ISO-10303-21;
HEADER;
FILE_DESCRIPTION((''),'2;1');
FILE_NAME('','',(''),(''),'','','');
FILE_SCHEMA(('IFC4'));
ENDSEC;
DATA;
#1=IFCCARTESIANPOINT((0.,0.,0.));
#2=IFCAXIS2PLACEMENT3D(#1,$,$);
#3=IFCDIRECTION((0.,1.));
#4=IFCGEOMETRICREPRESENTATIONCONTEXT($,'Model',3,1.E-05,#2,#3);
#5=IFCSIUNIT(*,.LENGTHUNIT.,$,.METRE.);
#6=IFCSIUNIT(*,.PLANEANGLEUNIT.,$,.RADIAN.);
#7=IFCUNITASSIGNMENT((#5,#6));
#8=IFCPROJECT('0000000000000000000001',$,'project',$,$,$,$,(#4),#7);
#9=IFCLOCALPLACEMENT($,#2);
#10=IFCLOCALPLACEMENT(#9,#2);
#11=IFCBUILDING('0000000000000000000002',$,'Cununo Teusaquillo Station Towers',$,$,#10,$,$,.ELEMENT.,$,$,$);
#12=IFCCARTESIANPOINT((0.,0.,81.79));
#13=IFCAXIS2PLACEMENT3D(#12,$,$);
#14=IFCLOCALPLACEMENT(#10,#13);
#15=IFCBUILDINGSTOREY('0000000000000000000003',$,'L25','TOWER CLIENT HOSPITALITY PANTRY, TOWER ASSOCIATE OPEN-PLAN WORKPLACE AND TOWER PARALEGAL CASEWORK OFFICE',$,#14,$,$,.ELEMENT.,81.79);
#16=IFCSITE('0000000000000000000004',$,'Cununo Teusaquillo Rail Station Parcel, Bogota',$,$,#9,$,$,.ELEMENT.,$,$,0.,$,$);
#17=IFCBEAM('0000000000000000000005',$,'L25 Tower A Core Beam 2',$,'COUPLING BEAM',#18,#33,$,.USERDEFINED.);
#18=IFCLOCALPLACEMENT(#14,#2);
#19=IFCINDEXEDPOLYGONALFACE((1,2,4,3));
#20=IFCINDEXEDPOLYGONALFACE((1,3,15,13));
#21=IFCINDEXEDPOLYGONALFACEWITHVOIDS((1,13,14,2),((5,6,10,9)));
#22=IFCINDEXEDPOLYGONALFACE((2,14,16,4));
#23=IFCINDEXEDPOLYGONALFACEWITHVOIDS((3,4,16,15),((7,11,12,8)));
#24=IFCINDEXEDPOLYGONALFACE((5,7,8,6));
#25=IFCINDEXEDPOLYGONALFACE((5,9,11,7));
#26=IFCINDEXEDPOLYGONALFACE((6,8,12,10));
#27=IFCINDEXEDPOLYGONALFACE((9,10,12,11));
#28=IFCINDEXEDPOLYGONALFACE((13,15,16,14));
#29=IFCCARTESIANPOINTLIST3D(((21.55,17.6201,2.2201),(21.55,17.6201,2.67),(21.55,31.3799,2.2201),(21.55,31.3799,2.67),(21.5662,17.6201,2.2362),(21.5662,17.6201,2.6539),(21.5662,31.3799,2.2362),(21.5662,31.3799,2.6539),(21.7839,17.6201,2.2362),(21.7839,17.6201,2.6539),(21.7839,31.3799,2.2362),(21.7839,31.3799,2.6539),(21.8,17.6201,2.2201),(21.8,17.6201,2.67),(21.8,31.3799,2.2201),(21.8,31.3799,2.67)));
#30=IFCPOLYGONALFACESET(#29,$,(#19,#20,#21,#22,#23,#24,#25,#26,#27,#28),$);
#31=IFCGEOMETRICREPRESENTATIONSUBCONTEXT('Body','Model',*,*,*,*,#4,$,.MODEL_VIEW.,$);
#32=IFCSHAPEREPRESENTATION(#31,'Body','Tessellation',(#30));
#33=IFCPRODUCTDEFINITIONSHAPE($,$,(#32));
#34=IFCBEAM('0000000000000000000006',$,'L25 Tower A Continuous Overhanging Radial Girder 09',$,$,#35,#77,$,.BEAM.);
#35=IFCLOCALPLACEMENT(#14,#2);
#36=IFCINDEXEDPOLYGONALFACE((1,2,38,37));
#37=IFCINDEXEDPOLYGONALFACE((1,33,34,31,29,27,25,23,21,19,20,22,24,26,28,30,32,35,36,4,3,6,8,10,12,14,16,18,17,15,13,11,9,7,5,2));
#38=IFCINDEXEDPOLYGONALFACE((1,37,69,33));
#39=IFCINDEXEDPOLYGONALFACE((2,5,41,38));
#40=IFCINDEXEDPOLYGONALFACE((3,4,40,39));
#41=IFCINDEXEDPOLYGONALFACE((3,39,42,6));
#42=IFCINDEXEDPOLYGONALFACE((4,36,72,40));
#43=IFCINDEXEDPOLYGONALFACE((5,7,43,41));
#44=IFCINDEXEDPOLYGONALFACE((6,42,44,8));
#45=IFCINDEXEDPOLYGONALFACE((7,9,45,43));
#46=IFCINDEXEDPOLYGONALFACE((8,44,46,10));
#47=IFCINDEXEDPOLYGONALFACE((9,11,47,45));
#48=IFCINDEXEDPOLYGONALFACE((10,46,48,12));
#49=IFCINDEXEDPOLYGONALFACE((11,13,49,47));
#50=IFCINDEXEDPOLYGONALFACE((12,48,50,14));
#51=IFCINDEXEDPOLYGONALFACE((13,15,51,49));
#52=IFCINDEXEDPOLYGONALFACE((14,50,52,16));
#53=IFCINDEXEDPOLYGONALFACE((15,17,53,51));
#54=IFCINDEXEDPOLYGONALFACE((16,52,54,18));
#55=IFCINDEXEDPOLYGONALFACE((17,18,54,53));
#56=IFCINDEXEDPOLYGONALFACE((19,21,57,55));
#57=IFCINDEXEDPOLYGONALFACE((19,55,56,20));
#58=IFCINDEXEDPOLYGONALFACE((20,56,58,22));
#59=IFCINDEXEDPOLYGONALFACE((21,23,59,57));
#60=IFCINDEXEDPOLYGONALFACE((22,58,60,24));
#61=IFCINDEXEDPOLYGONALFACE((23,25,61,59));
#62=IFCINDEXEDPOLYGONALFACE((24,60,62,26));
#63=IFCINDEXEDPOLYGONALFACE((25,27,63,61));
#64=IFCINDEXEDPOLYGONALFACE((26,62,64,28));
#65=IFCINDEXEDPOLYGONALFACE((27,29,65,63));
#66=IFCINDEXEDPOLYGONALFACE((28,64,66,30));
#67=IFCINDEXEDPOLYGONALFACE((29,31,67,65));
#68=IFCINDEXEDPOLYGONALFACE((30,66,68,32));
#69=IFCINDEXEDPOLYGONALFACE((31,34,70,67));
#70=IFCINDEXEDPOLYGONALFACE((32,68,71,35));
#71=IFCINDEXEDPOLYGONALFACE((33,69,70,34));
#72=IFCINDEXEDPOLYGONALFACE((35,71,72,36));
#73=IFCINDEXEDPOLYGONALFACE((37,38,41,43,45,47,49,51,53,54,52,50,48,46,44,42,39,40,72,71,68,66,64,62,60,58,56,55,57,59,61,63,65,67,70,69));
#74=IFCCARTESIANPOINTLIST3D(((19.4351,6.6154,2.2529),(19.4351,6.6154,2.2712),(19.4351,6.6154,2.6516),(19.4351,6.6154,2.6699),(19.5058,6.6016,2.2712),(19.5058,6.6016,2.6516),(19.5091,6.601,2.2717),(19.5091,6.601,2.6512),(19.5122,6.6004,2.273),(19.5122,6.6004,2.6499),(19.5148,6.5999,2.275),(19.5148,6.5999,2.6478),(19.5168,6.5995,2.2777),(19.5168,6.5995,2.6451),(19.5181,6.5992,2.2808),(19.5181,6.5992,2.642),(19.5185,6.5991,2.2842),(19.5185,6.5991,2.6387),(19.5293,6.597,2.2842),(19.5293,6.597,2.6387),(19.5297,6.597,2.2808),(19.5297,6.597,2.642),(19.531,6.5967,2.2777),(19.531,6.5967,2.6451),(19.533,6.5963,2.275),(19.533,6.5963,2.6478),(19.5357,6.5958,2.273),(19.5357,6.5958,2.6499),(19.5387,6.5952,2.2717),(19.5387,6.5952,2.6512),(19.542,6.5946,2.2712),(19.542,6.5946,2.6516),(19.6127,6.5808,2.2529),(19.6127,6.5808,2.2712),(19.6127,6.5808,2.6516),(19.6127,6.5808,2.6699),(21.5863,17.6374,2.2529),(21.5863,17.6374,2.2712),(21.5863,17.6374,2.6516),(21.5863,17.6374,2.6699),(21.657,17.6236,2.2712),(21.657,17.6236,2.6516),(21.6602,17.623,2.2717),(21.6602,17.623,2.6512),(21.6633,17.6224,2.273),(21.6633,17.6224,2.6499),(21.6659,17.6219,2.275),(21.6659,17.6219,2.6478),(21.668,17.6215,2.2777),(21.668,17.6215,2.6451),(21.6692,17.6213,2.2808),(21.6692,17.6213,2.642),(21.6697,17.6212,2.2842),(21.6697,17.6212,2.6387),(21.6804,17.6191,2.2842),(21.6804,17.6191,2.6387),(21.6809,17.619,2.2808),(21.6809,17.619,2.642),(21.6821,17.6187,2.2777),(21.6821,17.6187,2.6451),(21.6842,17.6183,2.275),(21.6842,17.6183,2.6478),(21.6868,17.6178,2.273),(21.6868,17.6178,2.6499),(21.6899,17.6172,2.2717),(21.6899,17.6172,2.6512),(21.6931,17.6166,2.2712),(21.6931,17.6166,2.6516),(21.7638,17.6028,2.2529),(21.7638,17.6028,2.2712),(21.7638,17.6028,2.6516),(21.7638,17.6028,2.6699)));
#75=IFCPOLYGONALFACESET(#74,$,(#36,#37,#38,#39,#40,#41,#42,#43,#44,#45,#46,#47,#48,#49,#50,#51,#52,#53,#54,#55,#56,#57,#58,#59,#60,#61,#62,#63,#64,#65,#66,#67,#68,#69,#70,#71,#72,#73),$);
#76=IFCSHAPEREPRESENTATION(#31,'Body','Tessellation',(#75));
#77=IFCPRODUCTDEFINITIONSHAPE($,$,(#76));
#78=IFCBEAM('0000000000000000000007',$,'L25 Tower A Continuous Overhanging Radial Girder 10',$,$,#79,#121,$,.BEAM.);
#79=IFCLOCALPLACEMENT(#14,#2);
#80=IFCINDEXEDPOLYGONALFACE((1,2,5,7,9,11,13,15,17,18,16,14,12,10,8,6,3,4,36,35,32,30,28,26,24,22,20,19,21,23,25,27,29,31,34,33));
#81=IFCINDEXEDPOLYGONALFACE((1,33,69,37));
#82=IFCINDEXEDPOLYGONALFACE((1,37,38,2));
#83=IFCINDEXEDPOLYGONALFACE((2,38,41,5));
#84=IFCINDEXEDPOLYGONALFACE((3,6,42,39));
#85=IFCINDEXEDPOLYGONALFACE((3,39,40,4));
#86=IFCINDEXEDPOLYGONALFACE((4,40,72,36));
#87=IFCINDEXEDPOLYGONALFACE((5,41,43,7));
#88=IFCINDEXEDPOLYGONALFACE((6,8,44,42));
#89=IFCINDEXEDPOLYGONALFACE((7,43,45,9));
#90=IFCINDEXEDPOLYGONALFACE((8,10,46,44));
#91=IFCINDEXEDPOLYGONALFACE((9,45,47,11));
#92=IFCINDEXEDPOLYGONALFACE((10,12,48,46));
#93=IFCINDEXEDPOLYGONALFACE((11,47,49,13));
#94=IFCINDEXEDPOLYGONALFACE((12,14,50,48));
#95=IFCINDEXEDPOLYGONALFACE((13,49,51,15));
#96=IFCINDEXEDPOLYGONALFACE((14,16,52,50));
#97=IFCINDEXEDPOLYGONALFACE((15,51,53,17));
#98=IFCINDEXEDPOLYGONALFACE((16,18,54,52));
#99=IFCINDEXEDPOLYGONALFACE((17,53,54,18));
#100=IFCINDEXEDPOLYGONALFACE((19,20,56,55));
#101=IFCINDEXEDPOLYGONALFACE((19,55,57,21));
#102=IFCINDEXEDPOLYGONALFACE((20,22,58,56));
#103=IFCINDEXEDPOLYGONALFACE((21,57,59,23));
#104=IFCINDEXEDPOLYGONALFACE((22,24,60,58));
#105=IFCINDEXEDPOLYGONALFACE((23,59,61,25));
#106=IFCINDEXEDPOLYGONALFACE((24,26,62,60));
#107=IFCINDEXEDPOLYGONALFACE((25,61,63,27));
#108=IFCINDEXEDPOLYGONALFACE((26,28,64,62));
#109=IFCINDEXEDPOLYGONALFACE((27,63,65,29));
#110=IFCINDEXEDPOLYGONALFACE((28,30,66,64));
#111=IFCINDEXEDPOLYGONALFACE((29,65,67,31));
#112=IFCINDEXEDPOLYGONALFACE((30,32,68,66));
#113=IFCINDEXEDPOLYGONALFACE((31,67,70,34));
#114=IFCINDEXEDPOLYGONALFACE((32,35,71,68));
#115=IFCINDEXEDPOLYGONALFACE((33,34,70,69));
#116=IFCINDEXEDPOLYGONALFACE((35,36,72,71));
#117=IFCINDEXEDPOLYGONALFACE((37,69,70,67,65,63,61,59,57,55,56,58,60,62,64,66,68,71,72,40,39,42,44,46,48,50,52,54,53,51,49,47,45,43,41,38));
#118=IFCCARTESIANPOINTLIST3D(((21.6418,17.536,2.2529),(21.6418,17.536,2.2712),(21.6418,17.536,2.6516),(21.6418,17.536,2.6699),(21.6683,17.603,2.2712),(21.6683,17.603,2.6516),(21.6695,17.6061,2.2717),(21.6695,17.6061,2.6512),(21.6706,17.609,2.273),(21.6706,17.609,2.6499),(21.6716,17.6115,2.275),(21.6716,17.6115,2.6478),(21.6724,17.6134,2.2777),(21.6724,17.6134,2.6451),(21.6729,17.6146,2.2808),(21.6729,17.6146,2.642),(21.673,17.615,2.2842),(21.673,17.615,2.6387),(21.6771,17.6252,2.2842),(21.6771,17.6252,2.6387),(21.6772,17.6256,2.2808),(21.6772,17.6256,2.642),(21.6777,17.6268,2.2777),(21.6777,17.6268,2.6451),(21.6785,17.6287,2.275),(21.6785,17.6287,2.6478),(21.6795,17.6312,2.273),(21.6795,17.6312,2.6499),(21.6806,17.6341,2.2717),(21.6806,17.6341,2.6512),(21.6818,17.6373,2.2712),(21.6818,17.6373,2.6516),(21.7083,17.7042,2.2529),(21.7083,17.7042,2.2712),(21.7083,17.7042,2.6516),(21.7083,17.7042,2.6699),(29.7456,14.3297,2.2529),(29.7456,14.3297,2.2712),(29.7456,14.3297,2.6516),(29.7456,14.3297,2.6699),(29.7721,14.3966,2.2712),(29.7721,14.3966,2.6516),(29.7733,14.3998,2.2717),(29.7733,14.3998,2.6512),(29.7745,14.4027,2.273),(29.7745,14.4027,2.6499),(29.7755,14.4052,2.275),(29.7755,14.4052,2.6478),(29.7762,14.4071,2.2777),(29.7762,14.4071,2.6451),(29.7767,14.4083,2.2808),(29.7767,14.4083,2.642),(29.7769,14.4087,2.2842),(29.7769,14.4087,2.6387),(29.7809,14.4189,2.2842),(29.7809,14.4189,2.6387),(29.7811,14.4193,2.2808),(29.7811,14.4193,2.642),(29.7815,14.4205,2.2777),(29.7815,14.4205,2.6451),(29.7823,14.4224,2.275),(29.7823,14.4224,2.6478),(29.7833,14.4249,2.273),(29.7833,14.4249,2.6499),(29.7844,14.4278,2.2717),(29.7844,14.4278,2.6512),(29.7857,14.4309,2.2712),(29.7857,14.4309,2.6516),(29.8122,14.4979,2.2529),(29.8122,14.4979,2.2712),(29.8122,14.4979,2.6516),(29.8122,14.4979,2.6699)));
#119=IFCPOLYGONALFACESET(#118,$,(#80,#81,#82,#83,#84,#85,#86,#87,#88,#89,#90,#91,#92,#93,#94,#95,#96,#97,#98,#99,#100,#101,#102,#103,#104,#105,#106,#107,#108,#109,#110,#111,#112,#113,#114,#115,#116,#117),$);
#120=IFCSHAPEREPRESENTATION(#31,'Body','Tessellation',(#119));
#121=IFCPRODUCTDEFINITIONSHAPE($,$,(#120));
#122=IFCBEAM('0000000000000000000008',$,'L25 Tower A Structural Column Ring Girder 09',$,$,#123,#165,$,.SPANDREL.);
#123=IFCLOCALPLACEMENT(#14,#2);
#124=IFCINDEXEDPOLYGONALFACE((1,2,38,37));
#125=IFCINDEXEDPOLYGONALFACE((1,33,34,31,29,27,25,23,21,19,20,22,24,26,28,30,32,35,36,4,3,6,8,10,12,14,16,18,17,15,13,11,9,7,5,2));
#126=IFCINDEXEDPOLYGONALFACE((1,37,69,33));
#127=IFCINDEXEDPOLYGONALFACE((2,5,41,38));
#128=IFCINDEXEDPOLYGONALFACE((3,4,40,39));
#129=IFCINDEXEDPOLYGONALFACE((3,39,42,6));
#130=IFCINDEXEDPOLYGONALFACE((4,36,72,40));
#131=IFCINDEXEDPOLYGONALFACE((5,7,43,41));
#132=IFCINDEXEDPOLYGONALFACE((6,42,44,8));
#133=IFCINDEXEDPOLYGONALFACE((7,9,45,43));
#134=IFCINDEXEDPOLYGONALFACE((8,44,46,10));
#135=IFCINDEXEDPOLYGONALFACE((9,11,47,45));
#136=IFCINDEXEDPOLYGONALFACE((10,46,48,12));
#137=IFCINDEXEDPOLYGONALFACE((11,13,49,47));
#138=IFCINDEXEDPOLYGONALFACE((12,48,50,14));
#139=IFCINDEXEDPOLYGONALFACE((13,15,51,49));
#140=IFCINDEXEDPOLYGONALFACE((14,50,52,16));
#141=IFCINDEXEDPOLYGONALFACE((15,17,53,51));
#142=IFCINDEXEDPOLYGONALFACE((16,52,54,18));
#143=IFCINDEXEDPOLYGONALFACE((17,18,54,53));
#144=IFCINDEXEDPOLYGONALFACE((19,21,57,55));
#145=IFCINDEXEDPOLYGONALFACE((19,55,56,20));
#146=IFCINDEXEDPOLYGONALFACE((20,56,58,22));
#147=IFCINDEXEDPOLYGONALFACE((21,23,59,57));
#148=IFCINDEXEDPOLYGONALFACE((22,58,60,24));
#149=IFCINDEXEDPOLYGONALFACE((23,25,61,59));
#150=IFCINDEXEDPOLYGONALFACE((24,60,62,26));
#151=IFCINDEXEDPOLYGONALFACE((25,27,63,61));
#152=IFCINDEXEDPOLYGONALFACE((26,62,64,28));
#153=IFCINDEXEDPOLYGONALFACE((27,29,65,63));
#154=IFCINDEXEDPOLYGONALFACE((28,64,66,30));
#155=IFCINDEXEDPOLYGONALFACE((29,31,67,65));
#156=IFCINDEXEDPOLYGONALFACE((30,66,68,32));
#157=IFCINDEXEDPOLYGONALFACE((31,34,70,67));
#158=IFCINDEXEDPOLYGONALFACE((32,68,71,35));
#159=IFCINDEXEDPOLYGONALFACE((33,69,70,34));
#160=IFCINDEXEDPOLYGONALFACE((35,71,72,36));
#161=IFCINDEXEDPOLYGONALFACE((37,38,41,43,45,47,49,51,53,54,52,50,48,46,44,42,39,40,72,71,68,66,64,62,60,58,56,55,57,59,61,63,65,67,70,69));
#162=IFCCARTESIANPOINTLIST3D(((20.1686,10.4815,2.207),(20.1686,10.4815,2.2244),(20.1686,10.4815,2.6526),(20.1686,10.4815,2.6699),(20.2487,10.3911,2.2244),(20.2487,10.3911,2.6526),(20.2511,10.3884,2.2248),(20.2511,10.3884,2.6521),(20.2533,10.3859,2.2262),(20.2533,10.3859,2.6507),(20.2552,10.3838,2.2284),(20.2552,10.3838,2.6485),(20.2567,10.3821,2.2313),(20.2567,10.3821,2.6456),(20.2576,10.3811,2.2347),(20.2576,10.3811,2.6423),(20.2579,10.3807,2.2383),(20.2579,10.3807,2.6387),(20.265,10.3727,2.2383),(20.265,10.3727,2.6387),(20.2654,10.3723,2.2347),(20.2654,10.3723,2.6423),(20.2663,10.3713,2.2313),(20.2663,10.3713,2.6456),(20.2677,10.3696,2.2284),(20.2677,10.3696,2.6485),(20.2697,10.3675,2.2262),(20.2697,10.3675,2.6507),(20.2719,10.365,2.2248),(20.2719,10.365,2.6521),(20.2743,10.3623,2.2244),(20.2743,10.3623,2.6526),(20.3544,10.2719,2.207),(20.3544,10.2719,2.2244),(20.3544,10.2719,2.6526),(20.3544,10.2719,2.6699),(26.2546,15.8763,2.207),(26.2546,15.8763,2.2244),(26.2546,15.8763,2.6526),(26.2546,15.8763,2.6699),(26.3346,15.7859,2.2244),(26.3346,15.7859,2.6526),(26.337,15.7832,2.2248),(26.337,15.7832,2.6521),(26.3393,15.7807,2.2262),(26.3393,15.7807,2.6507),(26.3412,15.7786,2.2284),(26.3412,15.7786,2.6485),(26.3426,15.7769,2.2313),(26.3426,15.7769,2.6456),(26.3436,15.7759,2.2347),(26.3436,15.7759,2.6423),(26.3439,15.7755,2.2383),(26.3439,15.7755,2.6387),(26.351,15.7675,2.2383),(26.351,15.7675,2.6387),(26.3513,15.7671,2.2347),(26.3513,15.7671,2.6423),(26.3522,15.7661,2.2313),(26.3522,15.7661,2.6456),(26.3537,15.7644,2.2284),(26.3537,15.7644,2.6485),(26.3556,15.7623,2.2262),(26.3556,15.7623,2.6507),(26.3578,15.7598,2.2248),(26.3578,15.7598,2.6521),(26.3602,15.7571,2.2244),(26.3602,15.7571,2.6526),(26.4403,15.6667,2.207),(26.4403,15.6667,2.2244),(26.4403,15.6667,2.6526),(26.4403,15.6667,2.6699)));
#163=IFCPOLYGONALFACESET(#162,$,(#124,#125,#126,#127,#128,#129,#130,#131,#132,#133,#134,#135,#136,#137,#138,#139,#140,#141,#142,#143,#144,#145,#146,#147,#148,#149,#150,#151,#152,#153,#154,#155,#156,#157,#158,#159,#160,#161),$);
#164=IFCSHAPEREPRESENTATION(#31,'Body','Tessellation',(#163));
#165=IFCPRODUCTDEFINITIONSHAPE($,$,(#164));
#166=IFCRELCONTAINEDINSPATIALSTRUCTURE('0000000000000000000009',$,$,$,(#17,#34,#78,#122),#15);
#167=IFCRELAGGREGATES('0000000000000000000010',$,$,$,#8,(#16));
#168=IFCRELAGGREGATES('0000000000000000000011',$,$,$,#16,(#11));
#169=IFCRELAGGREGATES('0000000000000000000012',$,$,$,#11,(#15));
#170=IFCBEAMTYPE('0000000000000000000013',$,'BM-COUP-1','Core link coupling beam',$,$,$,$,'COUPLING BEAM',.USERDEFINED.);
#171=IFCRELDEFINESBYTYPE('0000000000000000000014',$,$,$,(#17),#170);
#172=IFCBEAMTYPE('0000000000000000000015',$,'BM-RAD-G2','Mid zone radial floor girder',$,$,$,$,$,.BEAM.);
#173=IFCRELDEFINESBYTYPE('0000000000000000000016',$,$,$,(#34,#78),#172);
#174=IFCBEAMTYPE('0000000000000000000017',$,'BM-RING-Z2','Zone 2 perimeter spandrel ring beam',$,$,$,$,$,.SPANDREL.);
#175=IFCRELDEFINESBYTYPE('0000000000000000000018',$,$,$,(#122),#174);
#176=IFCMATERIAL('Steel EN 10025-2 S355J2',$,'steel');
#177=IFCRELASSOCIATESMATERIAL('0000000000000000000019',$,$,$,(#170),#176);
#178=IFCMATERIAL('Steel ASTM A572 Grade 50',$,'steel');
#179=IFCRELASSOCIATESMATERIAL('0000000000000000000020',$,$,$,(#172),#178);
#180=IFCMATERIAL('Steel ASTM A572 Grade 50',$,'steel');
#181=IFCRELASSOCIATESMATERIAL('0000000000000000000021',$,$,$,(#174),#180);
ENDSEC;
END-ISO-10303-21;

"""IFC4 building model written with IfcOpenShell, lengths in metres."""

from ifc_helpers import new_model, si_unit, direction, frame, origin, origin_2d, place, context, subcontext, project, spatial, hollow_rectangle, i_section, extrude, material, material_profile, profile_set, type_object, element, save


model = new_model("IFC4")

# Units and contexts
model_context = context("Model", 3, precision=1e-05, world=origin(), true_north=direction((0.0, 1.0)))
body_context = subcontext(model_context, "Body", "Model", "MODEL_VIEW")
ifc_project = project(units=[si_unit("LENGTHUNIT", "METRE"), si_unit("PLANEANGLEUNIT", "RADIAN")], contexts=[model_context])

# Site, building, storey
site_placement = place(None, origin())
site = spatial("IfcSite", under=ifc_project, at=site_placement, Name="Cununo Teusaquillo Rail Station Parcel, Bogota", CompositionType="ELEMENT", RefElevation=0.0)
building_placement = place(site_placement, origin())
building = spatial("IfcBuilding", under=site, at=building_placement, Name="Cununo Teusaquillo Station Towers", CompositionType="ELEMENT")
storey_placement = place(building_placement, frame((0.0, 0.0, 81.79)))
storey = spatial("IfcBuildingStorey", under=building, at=storey_placement, Name="L25", Description="TOWER CLIENT HOSPITALITY PANTRY, TOWER ASSOCIATE OPEN-PLAN WORKPLACE AND TOWER PARALEGAL CASEWORK OFFICE", CompositionType="ELEMENT", Elevation=81.79)

# Beams
ifc_material_1 = material(Name="Steel EN 10025-2 S355J2", Category="steel")
ifc_material_profile_1 = material_profile(ifc_material_1, hollow_rectangle(XDim=0.25, YDim=0.45, WallThickness=0.0161, at=origin_2d()), Name="RHS 450x250x16")
ifc_profile_set_1 = profile_set([ifc_material_profile_1], Name="Steel EN 10025-2 S355J2")
beam_type_1 = type_object("IfcBeamType", Name="BM-COUP-1", Description="Core link coupling beam", ElementType="COUPLING BEAM", PredefinedType="USERDEFINED", material=ifc_profile_set_1)
beam_1_placement = place(storey_placement, frame((21.675, 17.6201, 2.4451), z_axis=(0.0, 1.0, 0.0), x_axis=(-1.0, 0.0, 0.0)))
element("IfcBeam", 1, at=beam_1_placement, inside=storey, type_object=beam_type_1, Name="L25 Tower A Core Beam 2", ObjectType="COUPLING BEAM", PredefinedType="USERDEFINED", context=body_context, shape_type="SweptSolid", body=[
    extrude(hollow_rectangle(XDim=0.25, YDim=0.45, WallThickness=0.0161, at=origin_2d()), origin(), (0.0, 0.0, 1.0), 13.7598),
])
ifc_material_2 = material(Name="Steel ASTM A572 Grade 50", Category="steel")
ifc_material_profile_2 = material_profile(ifc_material_2, i_section(OverallWidth=0.1809, OverallDepth=0.417, WebThickness=0.011, FlangeThickness=0.0183, FilletRadius=0.0129, at=origin_2d()), Name="W16X57")
ifc_profile_set_2 = profile_set([ifc_material_profile_2], Name="Steel ASTM A572 Grade 50")
beam_type_2 = type_object("IfcBeamType", Name="BM-RAD-G2", Description="Mid zone radial floor girder", PredefinedType="BEAM", material=ifc_profile_set_2)
beam_2_placement = place(storey_placement, frame((21.675, 17.6201, 2.4614), z_axis=(-0.191553, -0.981482, 0.0), x_axis=(0.981482, -0.191553, 0.0)))
element("IfcBeam", 2, at=beam_2_placement, inside=storey, type_object=beam_type_2, Name="L25 Tower A Continuous Overhanging Radial Girder 09", PredefinedType="BEAM", context=body_context, shape_type="SweptSolid", body=[
    extrude(i_section(OverallWidth=0.1809, OverallDepth=0.417, WebThickness=0.011, FlangeThickness=0.0183, FilletRadius=0.0129, at=origin_2d()), origin(), (0.0, 0.0, 1.0), 11.23),
])
beam_3_placement = place(storey_placement, frame((21.675, 17.6201, 2.4614), z_axis=(0.929863, -0.367906, 0.0), x_axis=(0.367906, 0.929863, 0.0)))
element("IfcBeam", 3, at=beam_3_placement, inside=storey, type_object=beam_type_2, Name="L25 Tower A Continuous Overhanging Radial Girder 10", PredefinedType="BEAM", context=body_context, shape_type="SweptSolid", body=[
    extrude(i_section(OverallWidth=0.1809, OverallDepth=0.417, WebThickness=0.011, FlangeThickness=0.0183, FilletRadius=0.0129, at=origin_2d()), origin(), (0.0, 0.0, 1.0), 8.7151),
])
ifc_material_3 = material(Name="Steel ASTM A572 Grade 50", Category="steel")
ifc_material_profile_3 = material_profile(ifc_material_3, i_section(OverallWidth=0.28, OverallDepth=0.4629, WebThickness=0.0107, FlangeThickness=0.0173, FilletRadius=0.0139, at=origin_2d()), Name="W18X76")
ifc_profile_set_3 = profile_set([ifc_material_profile_3], Name="Steel ASTM A572 Grade 50")
beam_type_3 = type_object("IfcBeamType", Name="BM-RING-Z2", Description="Zone 2 perimeter spandrel ring beam", PredefinedType="SPANDREL", material=ifc_profile_set_3)
beam_4_placement = place(storey_placement, frame((20.2615, 10.3767, 2.4385), z_axis=(0.748321, 0.663337, 0.0), x_axis=(-0.663337, 0.748321, 0.0)))
element("IfcBeam", 4, at=beam_4_placement, inside=storey, type_object=beam_type_3, Name="L25 Tower A Structural Column Ring Girder 09", PredefinedType="SPANDREL", context=body_context, shape_type="SweptSolid", body=[
    extrude(i_section(OverallWidth=0.28, OverallDepth=0.4629, WebThickness=0.0107, FlangeThickness=0.0173, FilletRadius=0.0139, at=origin_2d()), origin(), (0.0, 0.0, 1.0), 8.1328),
])

save(model, "model.ifc")
